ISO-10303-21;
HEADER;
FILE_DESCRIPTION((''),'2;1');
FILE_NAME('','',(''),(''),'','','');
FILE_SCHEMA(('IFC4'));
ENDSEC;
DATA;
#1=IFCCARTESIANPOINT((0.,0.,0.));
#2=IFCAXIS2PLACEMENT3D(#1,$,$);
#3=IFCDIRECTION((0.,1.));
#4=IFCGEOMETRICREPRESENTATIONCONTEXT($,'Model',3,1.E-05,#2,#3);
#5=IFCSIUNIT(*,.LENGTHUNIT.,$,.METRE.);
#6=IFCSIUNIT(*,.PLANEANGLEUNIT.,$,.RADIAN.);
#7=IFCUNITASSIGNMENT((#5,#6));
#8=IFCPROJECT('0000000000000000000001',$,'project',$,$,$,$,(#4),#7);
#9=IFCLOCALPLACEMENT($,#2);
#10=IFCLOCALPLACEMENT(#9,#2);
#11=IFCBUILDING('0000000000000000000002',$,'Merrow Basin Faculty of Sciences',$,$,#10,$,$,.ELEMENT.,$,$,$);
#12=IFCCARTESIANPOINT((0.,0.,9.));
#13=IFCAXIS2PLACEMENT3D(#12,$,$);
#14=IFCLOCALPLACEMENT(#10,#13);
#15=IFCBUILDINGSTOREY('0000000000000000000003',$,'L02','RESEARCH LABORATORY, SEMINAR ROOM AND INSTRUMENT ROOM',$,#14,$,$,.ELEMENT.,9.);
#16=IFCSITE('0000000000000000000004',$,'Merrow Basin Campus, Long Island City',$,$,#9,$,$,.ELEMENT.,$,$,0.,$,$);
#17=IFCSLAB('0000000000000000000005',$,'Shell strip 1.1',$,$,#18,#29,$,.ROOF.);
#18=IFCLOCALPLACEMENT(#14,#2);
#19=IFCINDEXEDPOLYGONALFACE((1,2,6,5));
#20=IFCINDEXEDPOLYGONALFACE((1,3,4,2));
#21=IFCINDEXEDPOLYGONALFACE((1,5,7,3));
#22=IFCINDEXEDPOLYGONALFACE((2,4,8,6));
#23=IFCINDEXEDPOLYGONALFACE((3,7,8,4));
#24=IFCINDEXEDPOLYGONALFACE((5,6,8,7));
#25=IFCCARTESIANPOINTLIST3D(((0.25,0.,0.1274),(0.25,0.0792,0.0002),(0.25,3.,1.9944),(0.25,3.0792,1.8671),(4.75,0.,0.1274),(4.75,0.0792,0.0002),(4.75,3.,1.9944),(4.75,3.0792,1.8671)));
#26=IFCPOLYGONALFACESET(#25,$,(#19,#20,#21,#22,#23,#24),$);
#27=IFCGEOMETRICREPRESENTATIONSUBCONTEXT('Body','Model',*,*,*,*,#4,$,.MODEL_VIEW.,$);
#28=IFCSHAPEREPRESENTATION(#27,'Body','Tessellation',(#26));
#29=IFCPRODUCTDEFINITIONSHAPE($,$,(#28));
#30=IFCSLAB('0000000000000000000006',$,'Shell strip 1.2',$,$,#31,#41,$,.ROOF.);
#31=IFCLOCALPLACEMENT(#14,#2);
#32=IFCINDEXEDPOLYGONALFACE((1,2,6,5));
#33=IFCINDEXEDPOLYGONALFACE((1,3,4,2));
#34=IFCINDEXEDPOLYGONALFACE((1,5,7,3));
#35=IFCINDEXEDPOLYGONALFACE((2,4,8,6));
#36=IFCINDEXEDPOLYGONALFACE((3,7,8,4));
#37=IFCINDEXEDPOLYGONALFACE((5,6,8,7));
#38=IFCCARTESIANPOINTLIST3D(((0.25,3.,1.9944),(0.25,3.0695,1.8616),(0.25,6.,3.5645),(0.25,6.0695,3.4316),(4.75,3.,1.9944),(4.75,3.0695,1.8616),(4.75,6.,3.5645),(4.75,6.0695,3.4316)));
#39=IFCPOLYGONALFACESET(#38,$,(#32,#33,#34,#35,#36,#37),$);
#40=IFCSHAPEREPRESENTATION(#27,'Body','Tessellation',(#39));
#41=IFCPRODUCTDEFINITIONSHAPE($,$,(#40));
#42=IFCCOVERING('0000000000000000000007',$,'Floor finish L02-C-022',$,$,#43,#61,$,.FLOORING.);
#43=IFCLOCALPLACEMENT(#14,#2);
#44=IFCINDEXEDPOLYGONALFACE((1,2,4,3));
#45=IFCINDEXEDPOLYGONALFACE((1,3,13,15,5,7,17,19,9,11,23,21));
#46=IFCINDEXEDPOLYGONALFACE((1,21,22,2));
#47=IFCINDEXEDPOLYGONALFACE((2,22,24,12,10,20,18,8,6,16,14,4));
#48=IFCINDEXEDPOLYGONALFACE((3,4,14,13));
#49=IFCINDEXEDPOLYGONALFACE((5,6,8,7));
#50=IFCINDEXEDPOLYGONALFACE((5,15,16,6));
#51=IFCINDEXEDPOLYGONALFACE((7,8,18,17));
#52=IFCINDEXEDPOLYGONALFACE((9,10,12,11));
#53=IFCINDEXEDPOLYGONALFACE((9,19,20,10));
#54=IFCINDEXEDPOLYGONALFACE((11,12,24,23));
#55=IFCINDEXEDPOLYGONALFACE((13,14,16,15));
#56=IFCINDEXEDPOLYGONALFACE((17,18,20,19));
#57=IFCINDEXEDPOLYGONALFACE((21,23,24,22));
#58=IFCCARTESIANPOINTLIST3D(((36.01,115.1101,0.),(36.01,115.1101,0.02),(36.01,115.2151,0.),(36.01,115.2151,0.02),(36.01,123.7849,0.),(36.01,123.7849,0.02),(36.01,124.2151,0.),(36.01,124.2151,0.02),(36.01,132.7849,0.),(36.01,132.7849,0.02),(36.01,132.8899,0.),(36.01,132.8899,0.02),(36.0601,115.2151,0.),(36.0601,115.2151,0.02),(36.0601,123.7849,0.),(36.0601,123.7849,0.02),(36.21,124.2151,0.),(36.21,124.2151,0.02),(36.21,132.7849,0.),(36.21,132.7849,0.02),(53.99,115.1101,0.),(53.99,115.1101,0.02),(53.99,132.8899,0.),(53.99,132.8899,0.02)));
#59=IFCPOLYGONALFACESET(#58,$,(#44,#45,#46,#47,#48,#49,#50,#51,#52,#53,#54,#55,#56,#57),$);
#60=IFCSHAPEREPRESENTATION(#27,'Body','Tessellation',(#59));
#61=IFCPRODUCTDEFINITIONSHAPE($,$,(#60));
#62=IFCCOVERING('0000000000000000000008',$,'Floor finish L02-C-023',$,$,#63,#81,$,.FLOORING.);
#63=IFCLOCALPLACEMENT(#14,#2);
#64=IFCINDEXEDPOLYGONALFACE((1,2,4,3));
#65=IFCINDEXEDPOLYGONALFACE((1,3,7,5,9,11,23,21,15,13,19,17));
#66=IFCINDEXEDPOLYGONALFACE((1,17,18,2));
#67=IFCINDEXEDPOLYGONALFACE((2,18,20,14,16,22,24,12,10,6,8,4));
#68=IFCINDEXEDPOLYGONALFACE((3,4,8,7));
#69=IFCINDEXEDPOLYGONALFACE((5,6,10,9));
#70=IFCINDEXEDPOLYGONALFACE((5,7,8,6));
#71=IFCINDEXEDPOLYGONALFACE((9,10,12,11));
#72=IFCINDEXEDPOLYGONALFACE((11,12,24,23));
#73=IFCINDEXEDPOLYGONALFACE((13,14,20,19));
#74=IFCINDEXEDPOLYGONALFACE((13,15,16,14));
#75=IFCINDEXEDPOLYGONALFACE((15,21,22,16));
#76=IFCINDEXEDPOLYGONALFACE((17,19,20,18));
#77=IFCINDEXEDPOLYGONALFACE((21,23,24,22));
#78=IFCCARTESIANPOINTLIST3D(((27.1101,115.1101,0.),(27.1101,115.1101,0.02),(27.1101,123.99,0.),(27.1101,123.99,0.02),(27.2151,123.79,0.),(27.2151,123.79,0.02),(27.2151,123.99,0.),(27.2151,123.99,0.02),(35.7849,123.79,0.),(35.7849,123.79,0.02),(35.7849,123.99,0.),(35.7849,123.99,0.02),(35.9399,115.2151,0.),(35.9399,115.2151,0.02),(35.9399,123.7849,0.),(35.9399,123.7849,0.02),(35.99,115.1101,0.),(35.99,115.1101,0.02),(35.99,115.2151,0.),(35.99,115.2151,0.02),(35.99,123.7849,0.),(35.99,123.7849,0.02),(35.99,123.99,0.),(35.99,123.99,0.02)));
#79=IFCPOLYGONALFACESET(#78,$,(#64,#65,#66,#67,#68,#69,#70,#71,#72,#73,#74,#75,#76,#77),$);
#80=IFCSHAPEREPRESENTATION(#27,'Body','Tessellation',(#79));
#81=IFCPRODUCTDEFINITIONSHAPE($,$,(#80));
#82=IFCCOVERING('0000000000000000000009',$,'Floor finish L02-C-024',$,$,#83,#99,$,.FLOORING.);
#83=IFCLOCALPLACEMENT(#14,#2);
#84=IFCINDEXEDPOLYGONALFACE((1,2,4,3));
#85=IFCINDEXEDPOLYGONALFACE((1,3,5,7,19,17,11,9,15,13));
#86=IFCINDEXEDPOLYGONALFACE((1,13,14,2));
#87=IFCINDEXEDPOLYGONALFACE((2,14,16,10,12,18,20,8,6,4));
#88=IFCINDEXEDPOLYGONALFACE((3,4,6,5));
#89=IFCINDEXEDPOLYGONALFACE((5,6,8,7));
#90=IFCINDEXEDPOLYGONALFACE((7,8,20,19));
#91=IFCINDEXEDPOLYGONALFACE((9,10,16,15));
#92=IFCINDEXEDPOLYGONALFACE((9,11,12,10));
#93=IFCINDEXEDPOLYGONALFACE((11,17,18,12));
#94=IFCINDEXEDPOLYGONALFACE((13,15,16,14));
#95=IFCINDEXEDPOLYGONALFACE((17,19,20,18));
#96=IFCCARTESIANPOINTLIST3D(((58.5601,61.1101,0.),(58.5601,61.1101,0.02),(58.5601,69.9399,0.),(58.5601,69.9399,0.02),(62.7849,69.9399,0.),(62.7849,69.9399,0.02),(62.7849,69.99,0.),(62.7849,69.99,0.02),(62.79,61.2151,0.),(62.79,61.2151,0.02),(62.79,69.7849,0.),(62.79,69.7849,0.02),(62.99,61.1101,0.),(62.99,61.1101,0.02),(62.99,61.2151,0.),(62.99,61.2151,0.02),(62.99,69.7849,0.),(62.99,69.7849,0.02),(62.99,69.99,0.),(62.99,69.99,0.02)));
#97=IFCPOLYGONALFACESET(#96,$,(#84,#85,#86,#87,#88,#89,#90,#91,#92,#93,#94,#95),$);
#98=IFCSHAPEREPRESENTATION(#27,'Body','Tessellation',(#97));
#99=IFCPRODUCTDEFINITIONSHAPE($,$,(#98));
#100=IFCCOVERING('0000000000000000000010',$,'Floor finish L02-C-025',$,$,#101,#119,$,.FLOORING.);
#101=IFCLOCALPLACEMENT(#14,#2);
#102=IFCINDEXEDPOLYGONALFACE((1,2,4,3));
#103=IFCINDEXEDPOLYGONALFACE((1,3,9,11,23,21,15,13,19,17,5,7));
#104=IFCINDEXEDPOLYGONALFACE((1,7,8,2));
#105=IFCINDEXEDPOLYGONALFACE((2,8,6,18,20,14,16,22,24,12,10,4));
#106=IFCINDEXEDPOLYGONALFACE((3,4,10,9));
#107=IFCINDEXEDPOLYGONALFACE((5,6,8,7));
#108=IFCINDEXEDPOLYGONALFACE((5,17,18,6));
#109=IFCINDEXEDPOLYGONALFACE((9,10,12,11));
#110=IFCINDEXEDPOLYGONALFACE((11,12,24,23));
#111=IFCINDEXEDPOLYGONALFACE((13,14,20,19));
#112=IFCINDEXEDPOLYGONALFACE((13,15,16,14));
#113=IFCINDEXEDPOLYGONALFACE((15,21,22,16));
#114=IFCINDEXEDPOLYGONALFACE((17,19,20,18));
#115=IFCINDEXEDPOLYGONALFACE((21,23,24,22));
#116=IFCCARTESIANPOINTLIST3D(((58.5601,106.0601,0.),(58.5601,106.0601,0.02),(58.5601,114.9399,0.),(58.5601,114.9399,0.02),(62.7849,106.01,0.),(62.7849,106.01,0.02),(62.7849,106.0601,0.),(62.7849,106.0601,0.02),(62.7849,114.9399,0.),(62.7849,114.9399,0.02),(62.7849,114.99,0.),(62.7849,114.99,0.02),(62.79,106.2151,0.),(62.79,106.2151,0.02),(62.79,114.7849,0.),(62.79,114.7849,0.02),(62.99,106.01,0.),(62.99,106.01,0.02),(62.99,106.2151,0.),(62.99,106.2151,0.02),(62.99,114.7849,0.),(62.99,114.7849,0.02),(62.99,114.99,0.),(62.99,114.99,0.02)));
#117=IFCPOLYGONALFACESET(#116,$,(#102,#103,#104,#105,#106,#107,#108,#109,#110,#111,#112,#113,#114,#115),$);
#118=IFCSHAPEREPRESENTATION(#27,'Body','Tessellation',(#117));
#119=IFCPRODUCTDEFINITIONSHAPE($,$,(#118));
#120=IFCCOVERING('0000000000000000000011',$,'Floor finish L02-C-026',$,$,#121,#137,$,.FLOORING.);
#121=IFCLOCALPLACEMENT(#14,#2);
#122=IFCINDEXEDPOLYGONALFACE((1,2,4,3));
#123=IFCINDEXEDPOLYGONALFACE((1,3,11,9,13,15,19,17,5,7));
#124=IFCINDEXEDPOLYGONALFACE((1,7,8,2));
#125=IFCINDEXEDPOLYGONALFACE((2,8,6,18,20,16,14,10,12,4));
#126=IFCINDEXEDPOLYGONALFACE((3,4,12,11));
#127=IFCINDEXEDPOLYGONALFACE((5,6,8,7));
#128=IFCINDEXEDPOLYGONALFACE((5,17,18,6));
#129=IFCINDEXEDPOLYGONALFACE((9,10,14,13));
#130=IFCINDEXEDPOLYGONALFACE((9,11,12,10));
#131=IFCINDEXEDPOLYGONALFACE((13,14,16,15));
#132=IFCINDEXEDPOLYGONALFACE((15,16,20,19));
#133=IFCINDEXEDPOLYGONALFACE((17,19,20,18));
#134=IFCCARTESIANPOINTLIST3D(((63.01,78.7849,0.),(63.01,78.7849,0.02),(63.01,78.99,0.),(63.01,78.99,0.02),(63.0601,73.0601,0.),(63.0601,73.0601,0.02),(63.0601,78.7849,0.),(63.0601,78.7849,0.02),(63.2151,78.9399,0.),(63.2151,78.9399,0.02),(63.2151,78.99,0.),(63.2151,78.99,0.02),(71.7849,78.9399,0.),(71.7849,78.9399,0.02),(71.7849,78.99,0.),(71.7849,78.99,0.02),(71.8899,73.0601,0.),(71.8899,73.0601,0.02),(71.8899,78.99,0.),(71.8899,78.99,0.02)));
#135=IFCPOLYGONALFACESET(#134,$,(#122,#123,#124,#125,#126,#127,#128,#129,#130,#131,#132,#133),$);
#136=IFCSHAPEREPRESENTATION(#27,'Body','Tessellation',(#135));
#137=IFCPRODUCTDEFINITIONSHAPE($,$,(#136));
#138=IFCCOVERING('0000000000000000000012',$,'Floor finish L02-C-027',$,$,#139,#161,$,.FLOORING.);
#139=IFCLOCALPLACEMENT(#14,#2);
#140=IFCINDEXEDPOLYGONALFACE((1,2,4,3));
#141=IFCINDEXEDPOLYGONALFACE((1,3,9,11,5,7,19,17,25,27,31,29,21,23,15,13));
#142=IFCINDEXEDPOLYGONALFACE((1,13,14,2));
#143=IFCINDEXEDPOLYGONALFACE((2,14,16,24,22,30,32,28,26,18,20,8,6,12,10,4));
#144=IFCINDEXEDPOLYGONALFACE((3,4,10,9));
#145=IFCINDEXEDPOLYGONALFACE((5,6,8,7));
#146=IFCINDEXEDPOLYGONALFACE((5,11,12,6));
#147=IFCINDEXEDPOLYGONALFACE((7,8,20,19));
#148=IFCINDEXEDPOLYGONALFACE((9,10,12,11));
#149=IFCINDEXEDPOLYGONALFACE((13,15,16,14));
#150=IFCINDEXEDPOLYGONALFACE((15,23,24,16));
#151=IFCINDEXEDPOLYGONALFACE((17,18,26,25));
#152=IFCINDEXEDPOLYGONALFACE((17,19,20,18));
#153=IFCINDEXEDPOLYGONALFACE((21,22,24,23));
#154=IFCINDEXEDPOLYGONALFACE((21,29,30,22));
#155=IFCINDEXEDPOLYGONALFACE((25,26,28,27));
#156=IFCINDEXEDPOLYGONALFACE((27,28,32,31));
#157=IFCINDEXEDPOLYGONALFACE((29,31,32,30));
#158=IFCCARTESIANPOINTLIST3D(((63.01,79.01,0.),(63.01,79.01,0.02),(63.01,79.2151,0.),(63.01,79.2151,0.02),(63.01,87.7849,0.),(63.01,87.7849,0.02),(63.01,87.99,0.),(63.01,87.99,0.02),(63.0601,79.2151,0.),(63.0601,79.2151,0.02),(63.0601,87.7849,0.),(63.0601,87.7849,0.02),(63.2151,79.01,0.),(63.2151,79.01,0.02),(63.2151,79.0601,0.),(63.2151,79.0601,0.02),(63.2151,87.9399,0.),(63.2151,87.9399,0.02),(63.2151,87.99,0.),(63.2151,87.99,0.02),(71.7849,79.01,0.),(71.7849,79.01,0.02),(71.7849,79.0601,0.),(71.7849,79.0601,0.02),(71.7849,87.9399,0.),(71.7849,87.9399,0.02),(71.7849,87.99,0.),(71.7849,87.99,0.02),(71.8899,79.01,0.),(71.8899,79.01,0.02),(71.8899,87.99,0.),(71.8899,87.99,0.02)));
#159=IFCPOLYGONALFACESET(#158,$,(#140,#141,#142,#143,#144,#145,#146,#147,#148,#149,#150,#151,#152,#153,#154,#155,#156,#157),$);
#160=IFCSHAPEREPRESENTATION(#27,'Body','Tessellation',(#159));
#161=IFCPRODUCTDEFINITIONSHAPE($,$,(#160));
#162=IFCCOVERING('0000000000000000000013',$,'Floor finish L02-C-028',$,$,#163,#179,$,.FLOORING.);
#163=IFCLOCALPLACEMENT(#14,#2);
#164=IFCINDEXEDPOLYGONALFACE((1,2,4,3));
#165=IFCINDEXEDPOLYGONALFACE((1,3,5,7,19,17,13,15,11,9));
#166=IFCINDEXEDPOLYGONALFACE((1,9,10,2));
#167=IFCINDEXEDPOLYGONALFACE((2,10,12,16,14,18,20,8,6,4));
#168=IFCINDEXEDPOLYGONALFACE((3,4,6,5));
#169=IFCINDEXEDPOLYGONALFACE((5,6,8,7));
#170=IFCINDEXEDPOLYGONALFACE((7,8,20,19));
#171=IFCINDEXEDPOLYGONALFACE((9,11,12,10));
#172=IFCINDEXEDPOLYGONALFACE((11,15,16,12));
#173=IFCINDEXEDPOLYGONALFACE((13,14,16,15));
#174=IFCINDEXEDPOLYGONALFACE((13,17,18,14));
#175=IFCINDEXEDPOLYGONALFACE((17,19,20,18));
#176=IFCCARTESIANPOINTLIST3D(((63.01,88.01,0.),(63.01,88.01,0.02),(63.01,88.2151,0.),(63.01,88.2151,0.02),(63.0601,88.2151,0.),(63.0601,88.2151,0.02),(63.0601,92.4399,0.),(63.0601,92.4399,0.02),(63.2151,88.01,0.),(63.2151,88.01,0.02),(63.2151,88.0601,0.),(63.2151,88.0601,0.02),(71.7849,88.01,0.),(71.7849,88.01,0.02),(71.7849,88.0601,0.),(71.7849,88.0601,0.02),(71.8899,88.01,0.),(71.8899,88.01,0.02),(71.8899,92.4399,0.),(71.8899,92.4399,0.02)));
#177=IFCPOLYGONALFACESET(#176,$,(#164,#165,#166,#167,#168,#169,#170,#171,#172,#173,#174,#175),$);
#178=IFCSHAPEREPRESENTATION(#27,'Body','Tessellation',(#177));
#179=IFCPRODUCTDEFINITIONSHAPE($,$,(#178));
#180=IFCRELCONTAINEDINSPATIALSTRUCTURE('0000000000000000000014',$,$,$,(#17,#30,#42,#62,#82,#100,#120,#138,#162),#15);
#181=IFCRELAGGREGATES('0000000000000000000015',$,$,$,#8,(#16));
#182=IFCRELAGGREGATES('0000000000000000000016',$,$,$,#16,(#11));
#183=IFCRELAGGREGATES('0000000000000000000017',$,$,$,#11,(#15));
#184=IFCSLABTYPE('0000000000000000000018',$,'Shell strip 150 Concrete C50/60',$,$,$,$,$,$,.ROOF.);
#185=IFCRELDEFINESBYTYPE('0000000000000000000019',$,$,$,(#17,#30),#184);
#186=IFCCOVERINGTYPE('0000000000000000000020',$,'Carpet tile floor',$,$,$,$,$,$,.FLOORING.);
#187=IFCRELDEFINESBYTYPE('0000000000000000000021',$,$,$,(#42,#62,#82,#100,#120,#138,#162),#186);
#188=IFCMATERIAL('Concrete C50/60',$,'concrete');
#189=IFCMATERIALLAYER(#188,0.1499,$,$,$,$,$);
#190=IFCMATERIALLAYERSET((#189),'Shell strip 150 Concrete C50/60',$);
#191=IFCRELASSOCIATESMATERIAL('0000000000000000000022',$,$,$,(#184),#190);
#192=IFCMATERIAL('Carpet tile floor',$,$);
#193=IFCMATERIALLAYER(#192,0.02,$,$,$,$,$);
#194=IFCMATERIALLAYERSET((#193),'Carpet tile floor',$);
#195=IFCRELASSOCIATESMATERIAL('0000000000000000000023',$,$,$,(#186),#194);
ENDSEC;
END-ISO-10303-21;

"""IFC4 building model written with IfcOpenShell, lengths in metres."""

from ifc_helpers import new_model, si_unit, direction, frame, origin, place, context, subcontext, project, spatial, polyline, outline, extrude, material, layer, layer_set, type_object, element, save


model = new_model("IFC4")

# Units and contexts
model_context = context("Model", 3, precision=1e-05, world=origin(), true_north=direction((0.0, 1.0)))
body_context = subcontext(model_context, "Body", "Model", "MODEL_VIEW")
ifc_project = project(units=[si_unit("LENGTHUNIT", "METRE"), si_unit("PLANEANGLEUNIT", "RADIAN")], contexts=[model_context])

# Site, building, storey
site_placement = place(None, origin())
site = spatial("IfcSite", under=ifc_project, at=site_placement, Name="Merrow Basin Campus, Long Island City", CompositionType="ELEMENT", RefElevation=0.0)
building_placement = place(site_placement, origin())
building = spatial("IfcBuilding", under=site, at=building_placement, Name="Merrow Basin Faculty of Sciences", CompositionType="ELEMENT")
storey_placement = place(building_placement, frame((0.0, 0.0, 9.0)))
storey = spatial("IfcBuildingStorey", under=building, at=storey_placement, Name="L02", Description="RESEARCH LABORATORY, SEMINAR ROOM AND INSTRUMENT ROOM", CompositionType="ELEMENT", Elevation=9.0)

# Slabs
ifc_material_1 = material(Name="Concrete C50/60", Category="concrete")
ifc_layer_1 = layer(ifc_material_1, 0.1499)
ifc_layer_set_1 = layer_set([ifc_layer_1], Name="Shell strip 150 Concrete C50/60")
slab_type = type_object("IfcSlabType", Name="Shell strip 150 Concrete C50/60", PredefinedType="ROOF", material=ifc_layer_set_1)
slab_1_placement = place(storey_placement, frame((0.25, 0.0, 0.1274), z_axis=(0.0, -0.528358, 0.849021), x_axis=(1.0, 0.0, 0.0)))
element("IfcSlab", 1, at=slab_1_placement, inside=storey, type_object=slab_type, Name="Shell strip 1.1", PredefinedType="ROOF", context=body_context, shape_type="SweptSolid", body=[
    extrude(outline(polyline([(0.0, 0.0), (4.5, 0.0), (4.5, 3.5335), (0.0, 3.5335), (0.0, 0.0)])), origin(), (0.0, 0.0, -1.0), 0.1499),
])
slab_2_placement = place(storey_placement, frame((0.25, 3.0, 1.9944), z_axis=(0.0, -0.463692, 0.885997), x_axis=(1.0, 0.0, 0.0)))
element("IfcSlab", 2, at=slab_2_placement, inside=storey, type_object=slab_type, Name="Shell strip 1.2", PredefinedType="ROOF", context=body_context, shape_type="SweptSolid", body=[
    extrude(outline(polyline([(0.0, 0.0), (4.5, 0.0), (4.5, 3.386), (0.0, 3.386), (0.0, 0.0)])), origin(), (0.0, 0.0, -1.0), 0.1499),
])

# Coverings
ifc_material_2 = material(Name="Carpet tile floor")
ifc_layer_2 = layer(ifc_material_2, 0.02)
ifc_layer_set_2 = layer_set([ifc_layer_2], Name="Carpet tile floor")
covering_type_1 = type_object("IfcCoveringType", Name="Carpet tile floor", PredefinedType="FLOORING", material=ifc_layer_set_2)
covering_1_placement = place(storey_placement, origin())
element("IfcCovering", 3, at=covering_1_placement, inside=storey, type_object=covering_type_1, Name="Floor finish L02-C-022", PredefinedType="FLOORING", context=body_context, shape_type="SweptSolid", body=[
    extrude(outline(polyline([(36.01, 115.1101), (36.01, 115.2151), (36.0601, 115.2151), (36.0601, 123.7849), (36.01, 123.7849), (36.01, 124.2151), (36.21, 124.2151), (36.21, 132.7849), (36.01, 132.7849), (36.01, 132.8899), (53.99, 132.8899), (53.99, 115.1101), (36.01, 115.1101)])), origin(), (0.0, 0.0, 1.0), 0.02),
])
covering_2_placement = place(storey_placement, origin())
element("IfcCovering", 4, at=covering_2_placement, inside=storey, type_object=covering_type_1, Name="Floor finish L02-C-023", PredefinedType="FLOORING", context=body_context, shape_type="SweptSolid", body=[
    extrude(outline(polyline([(35.99, 123.7849), (35.9399, 123.7849), (35.9399, 115.2151), (35.99, 115.2151), (35.99, 115.1101), (27.1101, 115.1101), (27.1101, 123.99), (27.2151, 123.99), (27.2151, 123.79), (35.7849, 123.79), (35.7849, 123.99), (35.99, 123.99), (35.99, 123.7849)])), origin(), (0.0, 0.0, 1.0), 0.02),
])
covering_3_placement = place(storey_placement, origin())
element("IfcCovering", 5, at=covering_3_placement, inside=storey, type_object=covering_type_1, Name="Floor finish L02-C-024", PredefinedType="FLOORING", context=body_context, shape_type="SweptSolid", body=[
    extrude(outline(polyline([(62.99, 69.99), (62.99, 69.7849), (62.79, 69.7849), (62.79, 61.2151), (62.99, 61.2151), (62.99, 61.1101), (58.5601, 61.1101), (58.5601, 69.9399), (62.7849, 69.9399), (62.7849, 69.99), (62.99, 69.99)])), origin(), (0.0, 0.0, 1.0), 0.02),
])
covering_4_placement = place(storey_placement, origin())
element("IfcCovering", 6, at=covering_4_placement, inside=storey, type_object=covering_type_1, Name="Floor finish L02-C-025", PredefinedType="FLOORING", context=body_context, shape_type="SweptSolid", body=[
    extrude(outline(polyline([(62.99, 114.99), (62.99, 114.7849), (62.79, 114.7849), (62.79, 106.2151), (62.99, 106.2151), (62.99, 106.01), (62.7849, 106.01), (62.7849, 106.0601), (58.5601, 106.0601), (58.5601, 114.9399), (62.7849, 114.9399), (62.7849, 114.99), (62.99, 114.99)])), origin(), (0.0, 0.0, 1.0), 0.02),
])
covering_5_placement = place(storey_placement, origin())
element("IfcCovering", 7, at=covering_5_placement, inside=storey, type_object=covering_type_1, Name="Floor finish L02-C-026", PredefinedType="FLOORING", context=body_context, shape_type="SweptSolid", body=[
    extrude(outline(polyline([(63.01, 78.99), (63.2151, 78.99), (63.2151, 78.9399), (71.7849, 78.9399), (71.7849, 78.99), (71.8899, 78.99), (71.8899, 73.0601), (63.0601, 73.0601), (63.0601, 78.7849), (63.01, 78.7849), (63.01, 78.99)])), origin(), (0.0, 0.0, 1.0), 0.02),
])
covering_6_placement = place(storey_placement, origin())
element("IfcCovering", 8, at=covering_6_placement, inside=storey, type_object=covering_type_1, Name="Floor finish L02-C-027", PredefinedType="FLOORING", context=body_context, shape_type="SweptSolid", body=[
    extrude(outline(polyline([(63.01, 79.2151), (63.0601, 79.2151), (63.0601, 87.7849), (63.01, 87.7849), (63.01, 87.99), (63.2151, 87.99), (63.2151, 87.9399), (71.7849, 87.9399), (71.7849, 87.99), (71.8899, 87.99), (71.8899, 79.01), (71.7849, 79.01), (71.7849, 79.0601), (63.2151, 79.0601), (63.2151, 79.01), (63.01, 79.01), (63.01, 79.2151)])), origin(), (0.0, 0.0, 1.0), 0.02),
])
covering_7_placement = place(storey_placement, origin())
element("IfcCovering", 9, at=covering_7_placement, inside=storey, type_object=covering_type_1, Name="Floor finish L02-C-028", PredefinedType="FLOORING", context=body_context, shape_type="SweptSolid", body=[
    extrude(outline(polyline([(63.01, 88.2151), (63.0601, 88.2151), (63.0601, 92.4399), (71.8899, 92.4399), (71.8899, 88.01), (71.7849, 88.01), (71.7849, 88.0601), (63.2151, 88.0601), (63.2151, 88.01), (63.01, 88.01), (63.01, 88.2151)])), origin(), (0.0, 0.0, 1.0), 0.02),
])

save(model, "model.ifc")
